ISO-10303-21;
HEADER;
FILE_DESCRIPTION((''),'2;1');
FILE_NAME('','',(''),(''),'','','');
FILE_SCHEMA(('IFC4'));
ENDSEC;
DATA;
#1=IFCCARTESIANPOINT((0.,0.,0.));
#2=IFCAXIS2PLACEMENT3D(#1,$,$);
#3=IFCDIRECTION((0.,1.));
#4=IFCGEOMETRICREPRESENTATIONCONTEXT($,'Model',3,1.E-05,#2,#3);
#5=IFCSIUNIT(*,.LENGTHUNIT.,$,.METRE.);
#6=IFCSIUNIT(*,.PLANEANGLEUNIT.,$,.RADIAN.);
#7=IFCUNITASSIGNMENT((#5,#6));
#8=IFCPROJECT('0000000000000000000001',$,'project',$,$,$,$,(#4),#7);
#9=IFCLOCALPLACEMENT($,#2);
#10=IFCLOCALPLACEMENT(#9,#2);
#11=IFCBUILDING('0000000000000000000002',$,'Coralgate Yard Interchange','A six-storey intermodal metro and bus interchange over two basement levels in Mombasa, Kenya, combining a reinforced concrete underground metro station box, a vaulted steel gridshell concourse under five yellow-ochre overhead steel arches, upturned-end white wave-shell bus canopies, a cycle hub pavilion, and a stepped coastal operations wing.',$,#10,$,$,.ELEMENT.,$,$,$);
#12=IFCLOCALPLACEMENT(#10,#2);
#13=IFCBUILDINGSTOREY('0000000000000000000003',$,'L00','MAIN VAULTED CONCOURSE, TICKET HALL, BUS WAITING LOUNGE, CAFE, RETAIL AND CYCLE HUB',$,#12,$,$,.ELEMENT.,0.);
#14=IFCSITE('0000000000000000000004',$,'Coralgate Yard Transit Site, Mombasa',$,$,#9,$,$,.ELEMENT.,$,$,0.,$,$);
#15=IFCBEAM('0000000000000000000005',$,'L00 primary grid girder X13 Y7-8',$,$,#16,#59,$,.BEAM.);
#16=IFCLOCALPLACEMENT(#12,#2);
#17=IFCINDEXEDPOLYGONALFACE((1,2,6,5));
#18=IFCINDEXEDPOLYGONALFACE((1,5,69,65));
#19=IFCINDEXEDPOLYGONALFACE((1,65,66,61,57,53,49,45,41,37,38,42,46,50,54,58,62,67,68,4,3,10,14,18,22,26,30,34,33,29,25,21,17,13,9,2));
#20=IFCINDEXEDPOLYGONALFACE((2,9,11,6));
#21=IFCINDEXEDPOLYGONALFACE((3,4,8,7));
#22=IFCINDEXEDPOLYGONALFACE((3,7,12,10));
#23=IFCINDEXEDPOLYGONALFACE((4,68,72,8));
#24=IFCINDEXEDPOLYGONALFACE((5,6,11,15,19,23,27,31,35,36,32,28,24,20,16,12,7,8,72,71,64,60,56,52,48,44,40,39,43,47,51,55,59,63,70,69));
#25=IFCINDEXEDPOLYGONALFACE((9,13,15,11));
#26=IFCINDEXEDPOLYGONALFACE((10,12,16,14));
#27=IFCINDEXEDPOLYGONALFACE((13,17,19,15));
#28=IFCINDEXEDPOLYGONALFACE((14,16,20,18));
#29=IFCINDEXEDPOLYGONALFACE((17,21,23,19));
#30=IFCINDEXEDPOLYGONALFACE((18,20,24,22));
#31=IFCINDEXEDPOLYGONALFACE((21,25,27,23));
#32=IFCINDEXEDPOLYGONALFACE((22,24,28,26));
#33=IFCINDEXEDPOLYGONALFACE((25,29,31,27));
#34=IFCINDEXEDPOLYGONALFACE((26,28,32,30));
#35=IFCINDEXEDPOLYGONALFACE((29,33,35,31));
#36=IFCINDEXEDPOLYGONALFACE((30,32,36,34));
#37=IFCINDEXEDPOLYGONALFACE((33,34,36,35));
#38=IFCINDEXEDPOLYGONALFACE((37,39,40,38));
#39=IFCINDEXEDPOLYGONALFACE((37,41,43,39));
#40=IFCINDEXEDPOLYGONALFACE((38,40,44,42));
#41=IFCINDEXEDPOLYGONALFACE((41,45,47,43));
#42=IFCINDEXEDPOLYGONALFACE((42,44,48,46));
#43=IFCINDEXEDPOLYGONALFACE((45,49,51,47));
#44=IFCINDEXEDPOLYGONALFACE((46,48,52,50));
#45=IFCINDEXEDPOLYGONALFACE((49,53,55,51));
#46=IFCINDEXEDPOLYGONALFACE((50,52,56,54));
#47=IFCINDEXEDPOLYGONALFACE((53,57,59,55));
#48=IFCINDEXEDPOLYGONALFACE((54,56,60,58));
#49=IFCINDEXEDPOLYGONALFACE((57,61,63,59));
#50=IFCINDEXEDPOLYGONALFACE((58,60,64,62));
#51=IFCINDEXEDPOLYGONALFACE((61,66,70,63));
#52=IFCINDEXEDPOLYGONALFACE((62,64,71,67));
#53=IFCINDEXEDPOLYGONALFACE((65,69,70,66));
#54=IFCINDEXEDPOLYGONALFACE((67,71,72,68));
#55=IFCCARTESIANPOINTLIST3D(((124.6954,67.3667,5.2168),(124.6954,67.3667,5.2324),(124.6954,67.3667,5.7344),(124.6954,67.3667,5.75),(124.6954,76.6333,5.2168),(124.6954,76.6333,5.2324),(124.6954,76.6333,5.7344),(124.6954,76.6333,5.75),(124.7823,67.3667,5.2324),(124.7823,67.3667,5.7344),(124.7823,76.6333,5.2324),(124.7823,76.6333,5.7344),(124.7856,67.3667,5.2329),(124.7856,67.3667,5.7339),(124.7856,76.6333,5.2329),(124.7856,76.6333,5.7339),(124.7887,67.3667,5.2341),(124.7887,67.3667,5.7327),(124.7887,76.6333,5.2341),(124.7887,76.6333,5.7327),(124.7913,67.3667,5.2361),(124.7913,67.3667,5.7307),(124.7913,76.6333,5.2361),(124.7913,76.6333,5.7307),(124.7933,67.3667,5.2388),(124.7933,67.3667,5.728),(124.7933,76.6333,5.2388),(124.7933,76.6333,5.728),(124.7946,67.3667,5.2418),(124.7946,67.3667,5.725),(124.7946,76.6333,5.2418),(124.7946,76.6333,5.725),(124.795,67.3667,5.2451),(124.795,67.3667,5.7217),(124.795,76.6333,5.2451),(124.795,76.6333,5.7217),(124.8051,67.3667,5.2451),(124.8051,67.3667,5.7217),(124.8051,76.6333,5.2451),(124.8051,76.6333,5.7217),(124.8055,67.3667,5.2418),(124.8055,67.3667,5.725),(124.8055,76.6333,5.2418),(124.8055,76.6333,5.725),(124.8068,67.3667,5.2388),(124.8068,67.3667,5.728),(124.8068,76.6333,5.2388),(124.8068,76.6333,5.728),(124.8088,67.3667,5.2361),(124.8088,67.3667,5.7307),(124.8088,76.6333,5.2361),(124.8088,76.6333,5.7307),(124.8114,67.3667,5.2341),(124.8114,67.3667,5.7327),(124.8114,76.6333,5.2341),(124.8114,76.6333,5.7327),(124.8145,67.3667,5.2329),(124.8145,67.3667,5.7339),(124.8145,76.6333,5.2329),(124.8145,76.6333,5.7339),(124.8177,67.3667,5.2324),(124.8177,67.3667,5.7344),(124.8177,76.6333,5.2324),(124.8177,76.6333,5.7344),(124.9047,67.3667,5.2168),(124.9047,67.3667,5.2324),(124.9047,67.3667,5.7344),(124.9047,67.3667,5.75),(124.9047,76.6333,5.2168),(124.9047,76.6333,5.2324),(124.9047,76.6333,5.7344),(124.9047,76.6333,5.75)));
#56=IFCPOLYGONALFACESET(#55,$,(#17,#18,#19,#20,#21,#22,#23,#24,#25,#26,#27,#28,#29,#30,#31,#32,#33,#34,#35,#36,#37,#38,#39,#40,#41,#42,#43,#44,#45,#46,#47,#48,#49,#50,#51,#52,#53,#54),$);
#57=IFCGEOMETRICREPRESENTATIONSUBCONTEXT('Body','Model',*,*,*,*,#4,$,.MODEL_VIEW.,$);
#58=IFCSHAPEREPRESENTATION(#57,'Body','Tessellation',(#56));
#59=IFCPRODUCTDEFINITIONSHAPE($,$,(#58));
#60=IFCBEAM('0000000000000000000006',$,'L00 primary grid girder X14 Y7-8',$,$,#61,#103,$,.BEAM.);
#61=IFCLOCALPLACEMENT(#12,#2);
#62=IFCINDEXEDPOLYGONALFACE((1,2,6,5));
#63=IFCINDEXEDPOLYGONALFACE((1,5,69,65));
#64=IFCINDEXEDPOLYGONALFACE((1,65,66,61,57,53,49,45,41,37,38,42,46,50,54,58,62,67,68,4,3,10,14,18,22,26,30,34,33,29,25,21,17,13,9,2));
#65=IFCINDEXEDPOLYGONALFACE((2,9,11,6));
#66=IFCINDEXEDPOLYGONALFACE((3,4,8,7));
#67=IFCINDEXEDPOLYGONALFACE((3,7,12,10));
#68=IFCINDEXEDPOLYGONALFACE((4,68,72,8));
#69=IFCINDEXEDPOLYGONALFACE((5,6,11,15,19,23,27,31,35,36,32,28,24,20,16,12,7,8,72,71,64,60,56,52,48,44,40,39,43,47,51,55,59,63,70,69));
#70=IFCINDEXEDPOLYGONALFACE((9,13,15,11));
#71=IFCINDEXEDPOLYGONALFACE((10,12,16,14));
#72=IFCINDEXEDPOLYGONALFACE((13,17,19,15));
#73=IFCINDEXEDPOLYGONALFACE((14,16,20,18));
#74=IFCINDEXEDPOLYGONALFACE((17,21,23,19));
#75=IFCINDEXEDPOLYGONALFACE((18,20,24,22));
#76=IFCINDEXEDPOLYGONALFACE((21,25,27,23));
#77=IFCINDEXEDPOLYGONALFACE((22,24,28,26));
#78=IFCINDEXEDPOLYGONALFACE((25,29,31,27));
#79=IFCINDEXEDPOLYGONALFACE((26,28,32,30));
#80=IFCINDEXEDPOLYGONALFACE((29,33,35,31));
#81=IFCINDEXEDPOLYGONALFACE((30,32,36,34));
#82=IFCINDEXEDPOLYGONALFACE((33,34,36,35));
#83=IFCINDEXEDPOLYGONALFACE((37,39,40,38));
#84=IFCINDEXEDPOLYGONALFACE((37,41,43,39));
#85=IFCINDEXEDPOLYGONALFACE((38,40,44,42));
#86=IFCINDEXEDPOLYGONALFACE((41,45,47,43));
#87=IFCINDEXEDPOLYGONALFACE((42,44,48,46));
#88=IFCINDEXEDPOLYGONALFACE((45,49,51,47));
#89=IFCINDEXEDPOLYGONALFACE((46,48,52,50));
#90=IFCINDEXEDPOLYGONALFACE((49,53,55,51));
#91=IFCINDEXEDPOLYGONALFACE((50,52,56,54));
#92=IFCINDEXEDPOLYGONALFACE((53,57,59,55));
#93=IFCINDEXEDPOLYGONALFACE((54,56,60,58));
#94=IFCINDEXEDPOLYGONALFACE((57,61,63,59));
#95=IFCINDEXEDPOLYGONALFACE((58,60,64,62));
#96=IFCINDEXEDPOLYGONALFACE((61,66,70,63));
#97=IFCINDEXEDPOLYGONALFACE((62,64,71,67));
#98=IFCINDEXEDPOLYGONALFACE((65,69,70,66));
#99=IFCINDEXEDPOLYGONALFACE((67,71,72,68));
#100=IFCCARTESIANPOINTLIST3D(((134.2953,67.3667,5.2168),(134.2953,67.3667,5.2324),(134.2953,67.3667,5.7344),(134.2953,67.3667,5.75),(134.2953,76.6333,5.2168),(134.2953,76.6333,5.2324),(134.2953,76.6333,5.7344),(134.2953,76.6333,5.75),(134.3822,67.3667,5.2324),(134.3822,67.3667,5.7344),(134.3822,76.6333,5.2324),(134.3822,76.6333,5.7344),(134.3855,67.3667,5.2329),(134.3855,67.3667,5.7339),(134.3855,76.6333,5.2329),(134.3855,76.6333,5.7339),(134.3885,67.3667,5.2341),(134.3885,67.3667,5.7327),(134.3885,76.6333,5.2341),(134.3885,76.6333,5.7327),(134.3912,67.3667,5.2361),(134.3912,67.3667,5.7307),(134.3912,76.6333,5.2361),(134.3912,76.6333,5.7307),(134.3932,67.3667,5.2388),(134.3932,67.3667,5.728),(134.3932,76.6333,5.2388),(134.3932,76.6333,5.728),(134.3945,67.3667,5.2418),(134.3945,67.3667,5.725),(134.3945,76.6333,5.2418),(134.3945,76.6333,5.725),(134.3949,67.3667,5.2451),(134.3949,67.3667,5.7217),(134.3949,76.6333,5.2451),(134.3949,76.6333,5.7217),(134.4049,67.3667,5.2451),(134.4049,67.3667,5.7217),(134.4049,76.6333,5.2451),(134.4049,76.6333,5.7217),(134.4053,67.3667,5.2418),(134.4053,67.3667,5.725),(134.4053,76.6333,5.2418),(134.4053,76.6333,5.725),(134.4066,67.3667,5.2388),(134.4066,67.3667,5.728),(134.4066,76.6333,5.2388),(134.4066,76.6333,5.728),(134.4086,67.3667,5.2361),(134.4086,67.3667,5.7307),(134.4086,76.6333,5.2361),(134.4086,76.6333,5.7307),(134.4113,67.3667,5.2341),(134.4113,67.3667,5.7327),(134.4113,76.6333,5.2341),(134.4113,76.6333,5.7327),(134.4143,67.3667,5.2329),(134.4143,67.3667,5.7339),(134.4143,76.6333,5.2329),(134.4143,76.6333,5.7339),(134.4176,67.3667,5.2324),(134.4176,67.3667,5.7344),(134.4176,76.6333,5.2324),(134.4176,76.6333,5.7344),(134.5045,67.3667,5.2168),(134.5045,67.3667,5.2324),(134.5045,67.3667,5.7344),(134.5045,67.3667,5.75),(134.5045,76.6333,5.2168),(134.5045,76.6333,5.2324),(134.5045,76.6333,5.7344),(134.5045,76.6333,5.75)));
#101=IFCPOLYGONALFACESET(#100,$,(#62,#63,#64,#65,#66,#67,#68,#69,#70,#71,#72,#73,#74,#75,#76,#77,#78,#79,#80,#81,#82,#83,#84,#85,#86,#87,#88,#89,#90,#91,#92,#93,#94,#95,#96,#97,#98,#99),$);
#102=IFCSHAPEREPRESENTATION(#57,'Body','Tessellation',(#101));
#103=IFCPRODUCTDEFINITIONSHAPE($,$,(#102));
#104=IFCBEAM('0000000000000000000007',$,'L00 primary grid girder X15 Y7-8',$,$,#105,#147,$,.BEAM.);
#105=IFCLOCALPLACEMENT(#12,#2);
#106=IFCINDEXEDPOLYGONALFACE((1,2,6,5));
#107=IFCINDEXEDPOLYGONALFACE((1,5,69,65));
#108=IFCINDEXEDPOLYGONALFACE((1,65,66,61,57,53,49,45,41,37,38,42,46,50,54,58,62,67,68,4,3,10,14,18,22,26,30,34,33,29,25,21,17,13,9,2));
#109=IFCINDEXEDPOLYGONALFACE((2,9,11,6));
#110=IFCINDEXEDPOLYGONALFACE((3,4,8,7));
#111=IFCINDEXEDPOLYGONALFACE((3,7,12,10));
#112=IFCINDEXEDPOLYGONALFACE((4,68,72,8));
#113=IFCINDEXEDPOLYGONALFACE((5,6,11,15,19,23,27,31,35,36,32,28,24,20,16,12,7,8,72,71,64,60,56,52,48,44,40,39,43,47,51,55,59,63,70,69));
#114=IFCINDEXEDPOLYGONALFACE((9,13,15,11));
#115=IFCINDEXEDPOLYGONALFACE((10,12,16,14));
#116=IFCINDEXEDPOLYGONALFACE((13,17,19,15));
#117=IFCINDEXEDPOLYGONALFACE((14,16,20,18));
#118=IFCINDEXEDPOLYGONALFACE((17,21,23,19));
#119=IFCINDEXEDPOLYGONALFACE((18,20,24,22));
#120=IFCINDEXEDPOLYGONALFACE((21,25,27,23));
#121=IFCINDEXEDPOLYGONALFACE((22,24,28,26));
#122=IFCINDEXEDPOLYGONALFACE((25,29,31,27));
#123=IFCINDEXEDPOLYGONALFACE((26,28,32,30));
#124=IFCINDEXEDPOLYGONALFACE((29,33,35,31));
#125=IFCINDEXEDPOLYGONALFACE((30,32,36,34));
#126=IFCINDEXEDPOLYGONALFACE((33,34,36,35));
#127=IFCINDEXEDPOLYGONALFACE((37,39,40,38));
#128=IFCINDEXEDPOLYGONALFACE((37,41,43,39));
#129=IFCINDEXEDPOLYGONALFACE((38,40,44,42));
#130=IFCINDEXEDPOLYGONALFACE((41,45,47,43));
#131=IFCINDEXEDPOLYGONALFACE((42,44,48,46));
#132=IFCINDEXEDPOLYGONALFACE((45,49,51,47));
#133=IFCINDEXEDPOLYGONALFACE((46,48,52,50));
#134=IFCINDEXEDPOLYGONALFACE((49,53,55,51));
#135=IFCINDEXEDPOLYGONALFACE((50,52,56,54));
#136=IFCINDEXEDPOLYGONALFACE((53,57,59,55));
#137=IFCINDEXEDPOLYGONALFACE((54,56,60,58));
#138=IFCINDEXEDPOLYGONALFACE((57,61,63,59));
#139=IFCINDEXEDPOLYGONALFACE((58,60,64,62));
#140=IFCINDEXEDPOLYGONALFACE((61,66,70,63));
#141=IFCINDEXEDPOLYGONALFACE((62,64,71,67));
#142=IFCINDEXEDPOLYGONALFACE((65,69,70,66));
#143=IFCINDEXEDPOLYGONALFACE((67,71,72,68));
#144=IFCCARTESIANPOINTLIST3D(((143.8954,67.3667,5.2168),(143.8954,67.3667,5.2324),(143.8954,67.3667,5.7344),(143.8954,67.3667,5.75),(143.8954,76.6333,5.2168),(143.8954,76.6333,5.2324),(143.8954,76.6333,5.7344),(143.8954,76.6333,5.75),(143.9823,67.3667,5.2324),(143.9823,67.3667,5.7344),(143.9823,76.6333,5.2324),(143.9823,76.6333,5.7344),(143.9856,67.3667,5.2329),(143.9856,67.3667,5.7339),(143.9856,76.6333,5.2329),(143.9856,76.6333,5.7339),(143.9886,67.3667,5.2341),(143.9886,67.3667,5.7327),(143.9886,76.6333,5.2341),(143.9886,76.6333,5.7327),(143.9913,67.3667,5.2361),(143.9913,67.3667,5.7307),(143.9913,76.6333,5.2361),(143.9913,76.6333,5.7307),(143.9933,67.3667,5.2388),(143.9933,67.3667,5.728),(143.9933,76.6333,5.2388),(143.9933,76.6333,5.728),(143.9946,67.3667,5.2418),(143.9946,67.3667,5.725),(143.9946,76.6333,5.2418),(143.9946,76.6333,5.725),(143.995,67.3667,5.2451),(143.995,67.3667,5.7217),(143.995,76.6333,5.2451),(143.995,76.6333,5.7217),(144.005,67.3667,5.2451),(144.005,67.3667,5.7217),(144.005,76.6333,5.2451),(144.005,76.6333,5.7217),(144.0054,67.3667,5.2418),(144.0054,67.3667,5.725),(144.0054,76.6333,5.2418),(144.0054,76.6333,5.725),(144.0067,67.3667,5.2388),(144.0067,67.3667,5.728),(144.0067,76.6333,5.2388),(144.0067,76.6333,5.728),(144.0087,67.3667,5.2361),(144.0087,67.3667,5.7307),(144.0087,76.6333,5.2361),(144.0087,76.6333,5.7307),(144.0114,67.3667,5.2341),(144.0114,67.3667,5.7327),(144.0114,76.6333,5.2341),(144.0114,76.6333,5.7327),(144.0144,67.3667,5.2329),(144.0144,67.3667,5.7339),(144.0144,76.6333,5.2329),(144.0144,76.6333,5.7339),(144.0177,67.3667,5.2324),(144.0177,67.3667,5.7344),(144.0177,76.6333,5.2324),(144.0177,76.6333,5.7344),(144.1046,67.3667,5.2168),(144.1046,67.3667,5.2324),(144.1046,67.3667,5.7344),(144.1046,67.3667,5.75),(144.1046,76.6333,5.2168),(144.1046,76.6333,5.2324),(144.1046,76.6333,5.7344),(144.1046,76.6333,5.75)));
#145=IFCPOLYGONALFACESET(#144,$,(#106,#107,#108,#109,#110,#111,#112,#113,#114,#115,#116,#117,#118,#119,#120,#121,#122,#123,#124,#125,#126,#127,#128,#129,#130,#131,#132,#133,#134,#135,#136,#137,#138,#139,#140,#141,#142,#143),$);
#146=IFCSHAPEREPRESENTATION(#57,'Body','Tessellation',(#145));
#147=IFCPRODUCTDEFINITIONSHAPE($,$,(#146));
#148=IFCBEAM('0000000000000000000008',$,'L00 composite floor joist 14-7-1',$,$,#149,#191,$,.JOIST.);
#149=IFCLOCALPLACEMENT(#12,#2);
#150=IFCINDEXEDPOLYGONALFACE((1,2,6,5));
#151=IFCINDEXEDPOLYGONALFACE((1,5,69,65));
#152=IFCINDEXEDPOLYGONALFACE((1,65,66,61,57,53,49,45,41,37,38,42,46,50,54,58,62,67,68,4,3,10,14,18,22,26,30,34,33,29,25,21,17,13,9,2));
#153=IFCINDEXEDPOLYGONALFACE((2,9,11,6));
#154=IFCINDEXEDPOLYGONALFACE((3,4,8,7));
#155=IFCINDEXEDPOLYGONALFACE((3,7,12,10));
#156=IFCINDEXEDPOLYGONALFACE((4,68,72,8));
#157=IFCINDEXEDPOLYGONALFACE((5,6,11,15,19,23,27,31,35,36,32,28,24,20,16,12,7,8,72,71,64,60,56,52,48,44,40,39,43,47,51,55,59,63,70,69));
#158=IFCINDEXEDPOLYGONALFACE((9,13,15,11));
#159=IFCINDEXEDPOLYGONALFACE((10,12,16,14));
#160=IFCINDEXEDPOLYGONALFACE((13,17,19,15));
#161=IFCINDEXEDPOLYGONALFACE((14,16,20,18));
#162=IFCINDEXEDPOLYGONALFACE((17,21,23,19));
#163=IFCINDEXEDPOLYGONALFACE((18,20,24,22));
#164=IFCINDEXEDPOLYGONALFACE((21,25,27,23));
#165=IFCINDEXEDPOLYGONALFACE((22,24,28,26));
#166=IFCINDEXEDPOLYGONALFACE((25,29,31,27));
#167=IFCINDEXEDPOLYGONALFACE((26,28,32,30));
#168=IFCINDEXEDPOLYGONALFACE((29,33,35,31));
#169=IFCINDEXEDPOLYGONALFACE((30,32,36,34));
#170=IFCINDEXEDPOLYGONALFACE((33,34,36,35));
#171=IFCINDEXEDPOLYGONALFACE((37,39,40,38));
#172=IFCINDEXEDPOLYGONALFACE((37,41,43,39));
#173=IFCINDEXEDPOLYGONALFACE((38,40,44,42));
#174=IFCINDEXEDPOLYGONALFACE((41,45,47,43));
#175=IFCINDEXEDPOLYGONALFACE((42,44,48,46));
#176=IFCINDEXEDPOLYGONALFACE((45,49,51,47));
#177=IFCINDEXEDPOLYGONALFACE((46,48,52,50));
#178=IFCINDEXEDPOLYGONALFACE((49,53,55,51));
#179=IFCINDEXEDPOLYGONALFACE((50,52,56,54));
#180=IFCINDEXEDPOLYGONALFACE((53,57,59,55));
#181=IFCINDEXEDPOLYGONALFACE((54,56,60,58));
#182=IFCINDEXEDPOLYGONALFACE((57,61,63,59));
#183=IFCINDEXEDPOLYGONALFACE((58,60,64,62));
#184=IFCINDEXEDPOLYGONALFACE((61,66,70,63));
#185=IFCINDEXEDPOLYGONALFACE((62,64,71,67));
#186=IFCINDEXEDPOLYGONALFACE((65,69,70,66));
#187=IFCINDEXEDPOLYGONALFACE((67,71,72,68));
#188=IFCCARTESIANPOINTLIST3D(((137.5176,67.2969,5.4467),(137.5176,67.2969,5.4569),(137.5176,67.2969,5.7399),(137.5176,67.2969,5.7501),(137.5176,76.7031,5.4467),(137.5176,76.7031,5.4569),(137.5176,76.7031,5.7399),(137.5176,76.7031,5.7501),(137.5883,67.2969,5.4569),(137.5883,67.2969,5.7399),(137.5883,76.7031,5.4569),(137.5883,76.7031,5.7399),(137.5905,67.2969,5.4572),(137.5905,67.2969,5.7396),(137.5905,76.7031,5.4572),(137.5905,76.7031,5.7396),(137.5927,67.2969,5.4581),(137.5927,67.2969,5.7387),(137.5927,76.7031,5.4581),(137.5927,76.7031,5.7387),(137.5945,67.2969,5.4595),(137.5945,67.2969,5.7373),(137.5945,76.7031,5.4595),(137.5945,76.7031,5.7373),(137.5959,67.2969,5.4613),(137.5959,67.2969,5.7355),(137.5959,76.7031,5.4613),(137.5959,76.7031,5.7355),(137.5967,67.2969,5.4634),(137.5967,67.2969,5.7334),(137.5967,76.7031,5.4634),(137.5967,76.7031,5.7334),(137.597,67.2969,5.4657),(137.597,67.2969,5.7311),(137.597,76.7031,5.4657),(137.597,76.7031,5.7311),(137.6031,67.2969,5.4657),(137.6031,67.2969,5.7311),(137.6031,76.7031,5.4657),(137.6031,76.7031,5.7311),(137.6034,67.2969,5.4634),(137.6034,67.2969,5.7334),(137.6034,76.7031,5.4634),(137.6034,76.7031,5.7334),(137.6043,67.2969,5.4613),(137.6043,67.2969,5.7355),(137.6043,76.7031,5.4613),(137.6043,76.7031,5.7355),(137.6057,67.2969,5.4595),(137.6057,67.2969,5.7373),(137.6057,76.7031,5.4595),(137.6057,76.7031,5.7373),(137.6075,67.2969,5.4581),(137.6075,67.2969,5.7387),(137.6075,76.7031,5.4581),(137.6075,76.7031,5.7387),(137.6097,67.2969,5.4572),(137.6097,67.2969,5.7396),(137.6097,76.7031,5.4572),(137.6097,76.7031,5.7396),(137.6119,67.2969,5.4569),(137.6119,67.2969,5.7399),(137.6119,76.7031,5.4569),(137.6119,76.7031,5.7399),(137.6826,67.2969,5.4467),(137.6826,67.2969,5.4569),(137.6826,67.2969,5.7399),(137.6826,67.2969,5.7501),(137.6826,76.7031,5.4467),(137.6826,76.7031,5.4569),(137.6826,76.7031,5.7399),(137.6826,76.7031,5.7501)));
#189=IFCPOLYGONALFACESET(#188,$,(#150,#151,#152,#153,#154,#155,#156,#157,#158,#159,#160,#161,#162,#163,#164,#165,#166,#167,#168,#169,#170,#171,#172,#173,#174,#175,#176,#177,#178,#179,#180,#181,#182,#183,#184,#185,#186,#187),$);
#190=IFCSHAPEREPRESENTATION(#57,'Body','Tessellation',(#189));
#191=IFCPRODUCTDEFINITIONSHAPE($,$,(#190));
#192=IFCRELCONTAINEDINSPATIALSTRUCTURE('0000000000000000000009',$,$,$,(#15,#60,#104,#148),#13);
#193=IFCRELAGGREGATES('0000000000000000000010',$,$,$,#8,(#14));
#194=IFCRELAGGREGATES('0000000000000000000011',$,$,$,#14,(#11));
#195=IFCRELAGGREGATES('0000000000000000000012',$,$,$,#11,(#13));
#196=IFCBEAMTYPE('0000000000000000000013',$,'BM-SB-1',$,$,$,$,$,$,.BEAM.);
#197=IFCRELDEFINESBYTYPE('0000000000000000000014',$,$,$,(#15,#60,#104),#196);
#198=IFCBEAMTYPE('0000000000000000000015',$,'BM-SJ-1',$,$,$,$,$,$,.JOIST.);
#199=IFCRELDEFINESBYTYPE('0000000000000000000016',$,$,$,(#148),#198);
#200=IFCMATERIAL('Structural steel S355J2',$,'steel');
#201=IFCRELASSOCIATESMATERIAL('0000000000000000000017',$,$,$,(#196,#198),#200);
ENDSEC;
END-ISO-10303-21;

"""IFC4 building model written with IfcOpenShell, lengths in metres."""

from ifc_helpers import new_model, si_unit, direction, frame, origin, origin_2d, place, context, subcontext, project, spatial, i_section, extrude, material, material_profile, profile_set, type_object, element, save


model = new_model("IFC4")

# Units and contexts
model_context = context("Model", 3, precision=1e-05, world=origin(), true_north=direction((0.0, 1.0)))
body_context = subcontext(model_context, "Body", "Model", "MODEL_VIEW")
ifc_project = project(units=[si_unit("LENGTHUNIT", "METRE"), si_unit("PLANEANGLEUNIT", "RADIAN")], contexts=[model_context])

# Site, building, storey
site_placement = place(None, origin())
site = spatial("IfcSite", under=ifc_project, at=site_placement, Name="Coralgate Yard Transit Site, Mombasa", CompositionType="ELEMENT", RefElevation=0.0)
building_placement = place(site_placement, origin())
building = spatial("IfcBuilding", under=site, at=building_placement, Name="Coralgate Yard Interchange", Description="A six-storey intermodal metro and bus interchange over two basement levels in Mombasa, Kenya, combining a reinforced concrete underground metro station box, a vaulted steel gridshell concourse under five yellow-ochre overhead steel arches, upturned-end white wave-shell bus canopies, a cycle hub pavilion, and a stepped coastal operations wing.", CompositionType="ELEMENT")
storey_placement = place(building_placement, origin())
storey = spatial("IfcBuildingStorey", under=building, at=storey_placement, Name="L00", Description="MAIN VAULTED CONCOURSE, TICKET HALL, BUS WAITING LOUNGE, CAFE, RETAIL AND CYCLE HUB", CompositionType="ELEMENT", Elevation=0.0)

# Beams
ifc_material_1 = material(Name="Structural steel S355J2", Category="steel")
ifc_material_profile_1 = material_profile(ifc_material_1, i_section(OverallWidth=0.2092, OverallDepth=0.5332, WebThickness=0.01, FlangeThickness=0.0156, FilletRadius=0.0127, at=origin_2d()), Name="UB 533x210x92")
ifc_profile_set_1 = profile_set([ifc_material_profile_1], Name="Structural steel S355J2")
beam_type_1 = type_object("IfcBeamType", Name="BM-SB-1", PredefinedType="BEAM", material=ifc_profile_set_1)
for number, where, z_axis, x_axis, name in (
    (1, (124.8, 67.3667, 5.4834), (0.0, 1.0, 0.0), (-1.0, 0.0, 0.0), "L00 primary grid girder X13 Y7-8"),
    (2, (134.3999, 67.3667, 5.4834), (0.0, 1.0, 0.0), (-1.0, 0.0, 0.0), "L00 primary grid girder X14 Y7-8"),
    (3, (144.0, 67.3667, 5.4834), (0.0, 1.0, 0.0), (-1.0, 0.0, 0.0), "L00 primary grid girder X15 Y7-8"),
):
    element("IfcBeam", number, at=place(storey_placement, frame(where, z_axis=z_axis, x_axis=x_axis)), inside=storey, type_object=beam_type_1, Name=name, PredefinedType="BEAM", context=body_context, shape_type="SweptSolid", body=[
        extrude(i_section(OverallWidth=0.2092, OverallDepth=0.5332, WebThickness=0.01, FlangeThickness=0.0156, FilletRadius=0.0127, at=origin_2d()), origin(), (0.0, 0.0, 1.0), 9.2666),
    ])
ifc_material_profile_2 = material_profile(ifc_material_1, i_section(OverallWidth=0.165, OverallDepth=0.3035, WebThickness=0.0061, FlangeThickness=0.0103, FilletRadius=0.0088, at=origin_2d()), Name="UB 305x165x40")
ifc_profile_set_2 = profile_set([ifc_material_profile_2], Name="Structural steel S355J2")
beam_type_2 = type_object("IfcBeamType", Name="BM-SJ-1", PredefinedType="JOIST", material=ifc_profile_set_2)
for number, where, z_axis, x_axis, name in (
    (4, (137.6001, 67.2969, 5.5984), (0.0, 1.0, 0.0), (-1.0, 0.0, 0.0), "L00 composite floor joist 14-7-1"),
):
    element("IfcBeam", number, at=place(storey_placement, frame(where, z_axis=z_axis, x_axis=x_axis)), inside=storey, type_object=beam_type_2, Name=name, PredefinedType="JOIST", context=body_context, shape_type="SweptSolid", body=[
        extrude(i_section(OverallWidth=0.165, OverallDepth=0.3035, WebThickness=0.0061, FlangeThickness=0.0103, FilletRadius=0.0088, at=origin_2d()), origin(), (0.0, 0.0, 1.0), 9.4062),
    ])

save(model, "model.ifc")
